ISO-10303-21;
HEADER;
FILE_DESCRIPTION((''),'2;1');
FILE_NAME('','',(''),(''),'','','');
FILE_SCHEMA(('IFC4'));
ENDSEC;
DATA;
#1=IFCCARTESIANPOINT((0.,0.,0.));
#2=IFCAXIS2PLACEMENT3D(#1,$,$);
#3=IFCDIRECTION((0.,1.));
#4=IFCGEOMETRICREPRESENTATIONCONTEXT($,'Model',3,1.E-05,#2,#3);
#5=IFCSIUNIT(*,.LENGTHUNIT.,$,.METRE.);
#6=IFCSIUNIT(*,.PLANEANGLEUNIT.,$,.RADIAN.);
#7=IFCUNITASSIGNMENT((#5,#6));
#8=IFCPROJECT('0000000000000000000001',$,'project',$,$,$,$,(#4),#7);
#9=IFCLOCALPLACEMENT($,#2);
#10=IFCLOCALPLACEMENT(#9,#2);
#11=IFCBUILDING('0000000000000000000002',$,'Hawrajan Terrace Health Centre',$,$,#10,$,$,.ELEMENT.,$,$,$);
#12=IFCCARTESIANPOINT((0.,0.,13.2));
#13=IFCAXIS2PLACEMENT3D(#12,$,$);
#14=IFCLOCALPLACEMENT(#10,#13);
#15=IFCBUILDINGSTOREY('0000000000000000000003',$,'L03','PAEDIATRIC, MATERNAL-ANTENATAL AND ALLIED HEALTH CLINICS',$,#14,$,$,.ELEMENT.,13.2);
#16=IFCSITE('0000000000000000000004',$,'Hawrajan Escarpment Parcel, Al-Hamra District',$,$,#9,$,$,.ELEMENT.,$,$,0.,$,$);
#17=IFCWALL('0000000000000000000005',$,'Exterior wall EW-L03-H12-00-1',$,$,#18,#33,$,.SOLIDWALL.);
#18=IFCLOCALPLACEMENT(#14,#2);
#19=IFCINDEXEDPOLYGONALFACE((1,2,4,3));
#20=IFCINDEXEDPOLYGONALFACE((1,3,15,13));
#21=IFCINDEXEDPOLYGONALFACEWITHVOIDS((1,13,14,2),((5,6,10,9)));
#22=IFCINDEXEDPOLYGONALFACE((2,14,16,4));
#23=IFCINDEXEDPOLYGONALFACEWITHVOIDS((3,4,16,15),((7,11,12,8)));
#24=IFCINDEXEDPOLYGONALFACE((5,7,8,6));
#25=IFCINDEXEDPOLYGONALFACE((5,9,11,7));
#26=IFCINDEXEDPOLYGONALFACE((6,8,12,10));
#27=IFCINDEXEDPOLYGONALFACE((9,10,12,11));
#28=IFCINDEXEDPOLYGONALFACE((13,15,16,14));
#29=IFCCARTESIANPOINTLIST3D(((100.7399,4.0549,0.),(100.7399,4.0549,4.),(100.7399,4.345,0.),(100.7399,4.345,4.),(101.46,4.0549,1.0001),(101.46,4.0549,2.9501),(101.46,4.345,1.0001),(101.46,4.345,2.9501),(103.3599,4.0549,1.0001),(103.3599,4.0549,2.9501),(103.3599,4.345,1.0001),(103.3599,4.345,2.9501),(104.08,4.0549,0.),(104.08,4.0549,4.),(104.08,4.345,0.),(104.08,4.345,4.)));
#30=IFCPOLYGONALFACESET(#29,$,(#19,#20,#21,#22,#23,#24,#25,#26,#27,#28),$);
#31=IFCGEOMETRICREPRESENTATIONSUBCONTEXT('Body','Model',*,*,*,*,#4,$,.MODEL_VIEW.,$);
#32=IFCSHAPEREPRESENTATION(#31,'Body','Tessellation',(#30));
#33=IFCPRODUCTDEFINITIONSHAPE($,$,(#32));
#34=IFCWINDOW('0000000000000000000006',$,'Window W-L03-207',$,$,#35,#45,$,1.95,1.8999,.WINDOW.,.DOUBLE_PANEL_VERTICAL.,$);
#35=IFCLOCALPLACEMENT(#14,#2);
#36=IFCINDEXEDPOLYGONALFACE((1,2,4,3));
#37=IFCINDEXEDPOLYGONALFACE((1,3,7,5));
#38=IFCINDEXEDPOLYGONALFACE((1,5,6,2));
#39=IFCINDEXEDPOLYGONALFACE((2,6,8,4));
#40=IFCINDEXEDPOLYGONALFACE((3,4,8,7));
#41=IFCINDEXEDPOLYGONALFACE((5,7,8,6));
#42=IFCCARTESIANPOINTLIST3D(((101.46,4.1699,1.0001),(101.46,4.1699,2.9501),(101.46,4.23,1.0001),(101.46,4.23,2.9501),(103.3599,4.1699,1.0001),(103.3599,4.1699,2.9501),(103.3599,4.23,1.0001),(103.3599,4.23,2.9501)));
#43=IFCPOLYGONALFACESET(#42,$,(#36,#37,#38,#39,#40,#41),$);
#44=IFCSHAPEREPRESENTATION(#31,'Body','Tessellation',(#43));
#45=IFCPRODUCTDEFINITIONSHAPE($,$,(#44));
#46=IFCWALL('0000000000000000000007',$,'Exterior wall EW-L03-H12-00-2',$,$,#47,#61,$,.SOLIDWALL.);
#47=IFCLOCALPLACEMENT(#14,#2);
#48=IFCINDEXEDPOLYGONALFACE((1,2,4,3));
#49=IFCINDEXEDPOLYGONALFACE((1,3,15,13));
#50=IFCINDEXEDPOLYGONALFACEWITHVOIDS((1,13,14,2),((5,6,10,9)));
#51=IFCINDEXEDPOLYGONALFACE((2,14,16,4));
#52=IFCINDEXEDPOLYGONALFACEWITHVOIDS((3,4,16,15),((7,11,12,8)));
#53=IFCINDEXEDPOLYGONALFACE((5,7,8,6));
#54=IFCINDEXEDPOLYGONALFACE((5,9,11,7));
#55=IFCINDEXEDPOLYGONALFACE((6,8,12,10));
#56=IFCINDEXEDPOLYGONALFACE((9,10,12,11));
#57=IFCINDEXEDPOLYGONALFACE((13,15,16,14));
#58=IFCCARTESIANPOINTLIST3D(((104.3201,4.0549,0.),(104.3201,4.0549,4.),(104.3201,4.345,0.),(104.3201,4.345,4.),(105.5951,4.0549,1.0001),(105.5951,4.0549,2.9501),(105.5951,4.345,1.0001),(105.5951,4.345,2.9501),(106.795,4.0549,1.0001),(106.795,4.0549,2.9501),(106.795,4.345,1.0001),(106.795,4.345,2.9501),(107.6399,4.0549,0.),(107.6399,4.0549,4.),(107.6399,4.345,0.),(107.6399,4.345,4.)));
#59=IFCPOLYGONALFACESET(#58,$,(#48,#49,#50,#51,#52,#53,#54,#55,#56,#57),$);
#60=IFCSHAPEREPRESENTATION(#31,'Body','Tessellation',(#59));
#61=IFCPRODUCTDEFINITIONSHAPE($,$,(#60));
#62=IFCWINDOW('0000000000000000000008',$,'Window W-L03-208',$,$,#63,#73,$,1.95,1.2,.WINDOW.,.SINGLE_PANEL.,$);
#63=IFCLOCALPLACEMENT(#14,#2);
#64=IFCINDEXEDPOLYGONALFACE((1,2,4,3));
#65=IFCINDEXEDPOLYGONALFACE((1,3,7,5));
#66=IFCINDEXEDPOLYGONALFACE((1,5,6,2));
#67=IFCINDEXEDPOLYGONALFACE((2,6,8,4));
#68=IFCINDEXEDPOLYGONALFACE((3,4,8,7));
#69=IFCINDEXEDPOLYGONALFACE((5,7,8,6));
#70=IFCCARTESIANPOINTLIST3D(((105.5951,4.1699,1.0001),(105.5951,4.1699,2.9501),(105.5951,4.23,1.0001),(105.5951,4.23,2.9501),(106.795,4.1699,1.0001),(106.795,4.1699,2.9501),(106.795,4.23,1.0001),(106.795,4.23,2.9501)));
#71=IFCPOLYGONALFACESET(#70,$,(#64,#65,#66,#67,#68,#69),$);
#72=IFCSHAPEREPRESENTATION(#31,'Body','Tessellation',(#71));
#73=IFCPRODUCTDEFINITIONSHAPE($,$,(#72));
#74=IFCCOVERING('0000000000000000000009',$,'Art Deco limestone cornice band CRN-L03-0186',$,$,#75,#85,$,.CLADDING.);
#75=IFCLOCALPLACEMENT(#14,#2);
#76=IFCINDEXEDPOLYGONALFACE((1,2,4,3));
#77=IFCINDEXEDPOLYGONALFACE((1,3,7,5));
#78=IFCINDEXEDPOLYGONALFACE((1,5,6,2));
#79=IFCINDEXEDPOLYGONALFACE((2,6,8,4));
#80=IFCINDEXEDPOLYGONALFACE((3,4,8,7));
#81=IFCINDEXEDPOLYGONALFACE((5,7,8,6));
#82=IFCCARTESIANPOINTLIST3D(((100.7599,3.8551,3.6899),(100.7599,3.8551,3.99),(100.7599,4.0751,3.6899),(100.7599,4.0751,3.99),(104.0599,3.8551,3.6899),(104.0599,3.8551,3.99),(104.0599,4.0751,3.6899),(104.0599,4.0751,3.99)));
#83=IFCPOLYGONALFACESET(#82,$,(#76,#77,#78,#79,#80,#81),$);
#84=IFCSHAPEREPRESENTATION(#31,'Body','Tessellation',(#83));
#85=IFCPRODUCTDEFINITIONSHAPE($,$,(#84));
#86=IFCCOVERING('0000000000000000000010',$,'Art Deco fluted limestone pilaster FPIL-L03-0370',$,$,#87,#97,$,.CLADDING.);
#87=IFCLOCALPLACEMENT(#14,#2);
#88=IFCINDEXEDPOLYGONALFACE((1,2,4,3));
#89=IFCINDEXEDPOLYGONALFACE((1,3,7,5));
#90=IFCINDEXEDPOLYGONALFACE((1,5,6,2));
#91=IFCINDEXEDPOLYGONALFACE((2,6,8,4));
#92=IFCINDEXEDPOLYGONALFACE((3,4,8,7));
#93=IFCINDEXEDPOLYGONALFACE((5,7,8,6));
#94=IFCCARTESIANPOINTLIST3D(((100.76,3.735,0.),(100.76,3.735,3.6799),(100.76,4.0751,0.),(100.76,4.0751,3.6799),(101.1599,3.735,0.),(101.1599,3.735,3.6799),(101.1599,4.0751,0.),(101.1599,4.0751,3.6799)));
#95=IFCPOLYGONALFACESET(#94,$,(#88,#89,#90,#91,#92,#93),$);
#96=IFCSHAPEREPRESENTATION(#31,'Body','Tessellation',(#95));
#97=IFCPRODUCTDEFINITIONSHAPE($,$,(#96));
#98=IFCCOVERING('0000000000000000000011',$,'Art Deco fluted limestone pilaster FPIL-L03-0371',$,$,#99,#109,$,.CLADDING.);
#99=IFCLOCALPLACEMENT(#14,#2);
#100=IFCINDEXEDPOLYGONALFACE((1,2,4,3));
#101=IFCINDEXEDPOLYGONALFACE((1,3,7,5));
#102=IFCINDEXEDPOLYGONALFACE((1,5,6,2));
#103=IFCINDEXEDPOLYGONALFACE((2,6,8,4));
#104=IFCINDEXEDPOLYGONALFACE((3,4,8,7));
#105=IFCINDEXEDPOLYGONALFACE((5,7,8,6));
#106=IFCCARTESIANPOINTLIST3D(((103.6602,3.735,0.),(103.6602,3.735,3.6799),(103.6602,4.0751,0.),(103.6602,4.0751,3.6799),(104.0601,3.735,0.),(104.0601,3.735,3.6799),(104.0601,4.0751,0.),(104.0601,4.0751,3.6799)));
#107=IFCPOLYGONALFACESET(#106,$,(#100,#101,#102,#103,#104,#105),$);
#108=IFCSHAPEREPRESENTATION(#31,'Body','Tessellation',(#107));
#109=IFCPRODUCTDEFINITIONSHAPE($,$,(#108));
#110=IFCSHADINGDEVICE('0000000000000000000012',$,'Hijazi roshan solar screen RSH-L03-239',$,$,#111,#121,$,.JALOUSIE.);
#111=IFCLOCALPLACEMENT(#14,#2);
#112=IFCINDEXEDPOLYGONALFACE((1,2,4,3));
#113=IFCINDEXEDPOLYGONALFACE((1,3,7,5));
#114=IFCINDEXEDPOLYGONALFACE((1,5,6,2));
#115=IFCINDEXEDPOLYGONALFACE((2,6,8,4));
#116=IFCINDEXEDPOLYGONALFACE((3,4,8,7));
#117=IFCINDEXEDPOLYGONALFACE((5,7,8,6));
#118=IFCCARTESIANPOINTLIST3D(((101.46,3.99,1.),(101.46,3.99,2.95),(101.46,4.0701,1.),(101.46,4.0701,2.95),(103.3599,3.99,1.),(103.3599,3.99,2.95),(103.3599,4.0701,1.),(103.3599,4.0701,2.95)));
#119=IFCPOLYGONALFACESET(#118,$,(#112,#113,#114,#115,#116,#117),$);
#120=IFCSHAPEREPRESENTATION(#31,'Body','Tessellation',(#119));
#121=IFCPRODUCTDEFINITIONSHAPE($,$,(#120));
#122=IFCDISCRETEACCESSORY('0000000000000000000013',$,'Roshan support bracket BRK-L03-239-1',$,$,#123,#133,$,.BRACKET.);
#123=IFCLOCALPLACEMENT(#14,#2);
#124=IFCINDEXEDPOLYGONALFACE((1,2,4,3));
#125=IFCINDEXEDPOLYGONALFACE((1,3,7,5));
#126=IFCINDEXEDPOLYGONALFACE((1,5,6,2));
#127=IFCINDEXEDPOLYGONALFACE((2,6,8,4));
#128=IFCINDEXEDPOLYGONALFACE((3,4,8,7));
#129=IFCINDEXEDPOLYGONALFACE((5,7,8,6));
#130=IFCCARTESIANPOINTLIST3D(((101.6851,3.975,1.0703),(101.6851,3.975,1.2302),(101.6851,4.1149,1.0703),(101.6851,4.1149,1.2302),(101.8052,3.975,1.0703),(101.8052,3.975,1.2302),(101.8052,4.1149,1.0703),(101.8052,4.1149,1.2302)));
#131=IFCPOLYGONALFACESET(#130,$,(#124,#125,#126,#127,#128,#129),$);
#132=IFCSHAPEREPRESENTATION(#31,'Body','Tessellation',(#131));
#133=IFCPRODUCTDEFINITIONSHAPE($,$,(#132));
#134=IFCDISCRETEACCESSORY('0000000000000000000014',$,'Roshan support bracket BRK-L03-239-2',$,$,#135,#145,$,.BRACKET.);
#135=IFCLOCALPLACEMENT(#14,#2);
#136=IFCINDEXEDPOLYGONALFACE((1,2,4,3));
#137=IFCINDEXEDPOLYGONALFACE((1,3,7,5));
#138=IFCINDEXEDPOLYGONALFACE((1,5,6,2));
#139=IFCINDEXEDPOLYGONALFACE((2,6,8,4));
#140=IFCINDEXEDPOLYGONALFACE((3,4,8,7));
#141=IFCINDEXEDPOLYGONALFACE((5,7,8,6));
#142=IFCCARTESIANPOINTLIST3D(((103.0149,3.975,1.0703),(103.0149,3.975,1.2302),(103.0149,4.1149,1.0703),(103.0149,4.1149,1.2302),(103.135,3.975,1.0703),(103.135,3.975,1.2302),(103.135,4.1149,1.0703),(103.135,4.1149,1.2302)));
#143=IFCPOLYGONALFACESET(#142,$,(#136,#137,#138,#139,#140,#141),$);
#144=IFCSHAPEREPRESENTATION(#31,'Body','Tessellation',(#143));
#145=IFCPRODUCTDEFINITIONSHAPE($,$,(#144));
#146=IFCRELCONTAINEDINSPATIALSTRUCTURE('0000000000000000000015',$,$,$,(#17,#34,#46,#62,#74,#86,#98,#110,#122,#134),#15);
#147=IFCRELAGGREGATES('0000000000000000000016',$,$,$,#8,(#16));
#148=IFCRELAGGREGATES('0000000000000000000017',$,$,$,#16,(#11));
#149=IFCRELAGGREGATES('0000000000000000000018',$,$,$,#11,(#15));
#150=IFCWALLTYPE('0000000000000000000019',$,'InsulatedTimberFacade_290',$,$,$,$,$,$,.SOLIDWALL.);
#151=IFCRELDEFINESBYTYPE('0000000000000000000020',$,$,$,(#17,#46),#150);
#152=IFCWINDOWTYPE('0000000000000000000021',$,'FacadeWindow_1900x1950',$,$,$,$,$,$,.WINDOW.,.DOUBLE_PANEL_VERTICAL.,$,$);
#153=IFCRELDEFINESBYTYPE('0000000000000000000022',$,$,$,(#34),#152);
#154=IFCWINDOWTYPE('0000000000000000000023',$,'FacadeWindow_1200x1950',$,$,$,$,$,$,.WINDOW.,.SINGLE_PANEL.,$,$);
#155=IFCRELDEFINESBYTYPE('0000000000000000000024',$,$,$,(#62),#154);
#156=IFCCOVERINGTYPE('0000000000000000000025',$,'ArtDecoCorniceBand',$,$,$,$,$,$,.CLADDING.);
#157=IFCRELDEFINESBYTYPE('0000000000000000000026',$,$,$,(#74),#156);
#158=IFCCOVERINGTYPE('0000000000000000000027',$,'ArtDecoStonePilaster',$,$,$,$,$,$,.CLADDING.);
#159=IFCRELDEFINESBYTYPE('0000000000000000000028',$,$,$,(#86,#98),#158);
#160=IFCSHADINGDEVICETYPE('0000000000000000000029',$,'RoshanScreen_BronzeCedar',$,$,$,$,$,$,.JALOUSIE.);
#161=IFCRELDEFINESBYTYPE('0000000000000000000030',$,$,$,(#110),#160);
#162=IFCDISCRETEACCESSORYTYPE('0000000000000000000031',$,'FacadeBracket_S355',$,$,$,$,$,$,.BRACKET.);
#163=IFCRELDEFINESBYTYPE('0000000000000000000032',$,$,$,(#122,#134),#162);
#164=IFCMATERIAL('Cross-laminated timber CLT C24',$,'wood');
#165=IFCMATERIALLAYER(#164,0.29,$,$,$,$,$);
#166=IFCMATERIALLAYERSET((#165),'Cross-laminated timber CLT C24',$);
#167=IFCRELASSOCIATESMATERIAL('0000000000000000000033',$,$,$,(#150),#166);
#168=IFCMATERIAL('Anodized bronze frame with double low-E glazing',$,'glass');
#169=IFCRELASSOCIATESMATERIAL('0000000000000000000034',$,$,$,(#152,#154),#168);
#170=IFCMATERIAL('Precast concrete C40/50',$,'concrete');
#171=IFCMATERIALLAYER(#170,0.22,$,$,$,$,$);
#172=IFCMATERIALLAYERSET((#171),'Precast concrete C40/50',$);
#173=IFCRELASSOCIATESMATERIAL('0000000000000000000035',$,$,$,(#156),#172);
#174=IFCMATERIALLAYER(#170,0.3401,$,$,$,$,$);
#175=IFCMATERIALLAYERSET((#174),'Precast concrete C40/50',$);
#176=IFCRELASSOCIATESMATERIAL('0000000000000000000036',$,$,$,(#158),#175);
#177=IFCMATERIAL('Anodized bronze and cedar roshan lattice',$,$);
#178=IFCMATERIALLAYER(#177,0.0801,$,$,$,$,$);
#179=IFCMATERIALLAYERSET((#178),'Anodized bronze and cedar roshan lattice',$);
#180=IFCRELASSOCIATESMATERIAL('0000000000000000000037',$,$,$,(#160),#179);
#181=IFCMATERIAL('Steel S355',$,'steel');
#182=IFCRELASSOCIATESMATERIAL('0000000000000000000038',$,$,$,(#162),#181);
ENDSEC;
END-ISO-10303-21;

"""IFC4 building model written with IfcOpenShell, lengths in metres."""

from ifc_helpers import new_model, si_unit, direction, frame, frame_2d, origin, origin_2d, place, context, subcontext, project, spatial, rectangle, extrude, material, layer, layer_set, type_object, element, fill, save


model = new_model("IFC4")

# Units and contexts
model_context = context("Model", 3, precision=1e-05, world=origin(), true_north=direction((0.0, 1.0)))
body_context = subcontext(model_context, "Body", "Model", "MODEL_VIEW")
ifc_project = project(units=[si_unit("LENGTHUNIT", "METRE"), si_unit("PLANEANGLEUNIT", "RADIAN")], contexts=[model_context])

# Site, building, storey
site_placement = place(None, origin())
site = spatial("IfcSite", under=ifc_project, at=site_placement, Name="Hawrajan Escarpment Parcel, Al-Hamra District", CompositionType="ELEMENT", RefElevation=0.0)
building_placement = place(site_placement, origin())
building = spatial("IfcBuilding", under=site, at=building_placement, Name="Hawrajan Terrace Health Centre", CompositionType="ELEMENT")
storey_placement = place(building_placement, frame((0.0, 0.0, 13.2)))
storey = spatial("IfcBuildingStorey", under=building, at=storey_placement, Name="L03", Description="PAEDIATRIC, MATERNAL-ANTENATAL AND ALLIED HEALTH CLINICS", CompositionType="ELEMENT", Elevation=13.2)

# Walls, openings, windows
ifc_material_1 = material(Name="Cross-laminated timber CLT C24", Category="wood")
ifc_layer_1 = layer(ifc_material_1, 0.29)
ifc_layer_set_1 = layer_set([ifc_layer_1], Name="Cross-laminated timber CLT C24")
wall_type_1 = type_object("IfcWallType", Name="InsulatedTimberFacade_290", PredefinedType="SOLIDWALL", material=ifc_layer_set_1)
wall_1_placement = place(storey_placement, frame((100.74, 4.2, 0.0), z_axis=(0.0, 0.0, 1.0), x_axis=(1.0, 0.0, 0.0)))
wall_1 = element("IfcWall", 1, at=wall_1_placement, inside=storey, type_object=wall_type_1, Name="Exterior wall EW-L03-H12-00-1", PredefinedType="SOLIDWALL", context=body_context, shape_type="SweptSolid", body=[
    extrude(rectangle(XDim=3.3401, YDim=0.29, at=frame_2d((1.6699, 0.0))), origin(), (0.0, 0.0, 1.0), 4.0),
])
opening_1_placement = place(wall_1_placement, frame((0.72, 0.0, 1.0)))
opening_1 = element("IfcOpeningElement", 2, at=opening_1_placement, cuts=wall_1, PredefinedType="OPENING", context=body_context, shape_type="SweptSolid", body=[
    extrude(rectangle(XDim=1.8999, YDim=1.95, at=frame_2d((0.95, 0.9751))), frame((0.0, 0.155, 0.0), z_axis=(0.0, -1.0, 0.0), x_axis=(1.0, 0.0, 0.0)), (0.0, 0.0, 1.0), 0.3101),
])
ifc_material_2 = material(Name="Anodized bronze frame with double low-E glazing", Category="glass")
window_type_1 = type_object("IfcWindowType", Name="FacadeWindow_1900x1950", PartitioningType="DOUBLE_PANEL_VERTICAL", PredefinedType="WINDOW", material=ifc_material_2)
window_1_placement = place(opening_1_placement, origin())
window_1 = element("IfcWindow", 3, at=window_1_placement, inside=storey, type_object=window_type_1, Name="Window W-L03-207", OverallHeight=1.95, OverallWidth=1.8999, PartitioningType="DOUBLE_PANEL_VERTICAL", PredefinedType="WINDOW", context=body_context, shape_type="SweptSolid", body=[
    extrude(rectangle(XDim=1.8999, YDim=1.95, at=frame_2d((0.95, 0.9751))), frame((0.0, 0.03, 0.0), z_axis=(0.0, -1.0, 0.0), x_axis=(1.0, 0.0, 0.0)), (0.0, 0.0, 1.0), 0.0601),
])
fill(opening_1, window_1)
wall_2_placement = place(storey_placement, frame((104.3201, 4.2, 0.0), z_axis=(0.0, 0.0, 1.0), x_axis=(1.0, 0.0, 0.0)))
wall_2 = element("IfcWall", 4, at=wall_2_placement, inside=storey, type_object=wall_type_1, Name="Exterior wall EW-L03-H12-00-2", PredefinedType="SOLIDWALL", context=body_context, shape_type="SweptSolid", body=[
    extrude(rectangle(XDim=3.3198, YDim=0.29, at=frame_2d((1.6599, 0.0))), origin(), (0.0, 0.0, 1.0), 4.0),
])
opening_2_placement = place(wall_2_placement, frame((1.2749, 0.0, 1.0)))
opening_2 = element("IfcOpeningElement", 5, at=opening_2_placement, cuts=wall_2, PredefinedType="OPENING", context=body_context, shape_type="SweptSolid", body=[
    extrude(rectangle(XDim=1.2, YDim=1.95, at=frame_2d((0.6001, 0.9751))), frame((0.0, 0.155, 0.0), z_axis=(0.0, -1.0, 0.0), x_axis=(1.0, 0.0, 0.0)), (0.0, 0.0, 1.0), 0.3101),
])
window_type_2 = type_object("IfcWindowType", Name="FacadeWindow_1200x1950", PartitioningType="SINGLE_PANEL", PredefinedType="WINDOW", material=ifc_material_2)
window_2_placement = place(opening_2_placement, origin())
window_2 = element("IfcWindow", 6, at=window_2_placement, inside=storey, type_object=window_type_2, Name="Window W-L03-208", OverallHeight=1.95, OverallWidth=1.2, PartitioningType="SINGLE_PANEL", PredefinedType="WINDOW", context=body_context, shape_type="SweptSolid", body=[
    extrude(rectangle(XDim=1.2, YDim=1.95, at=frame_2d((0.6001, 0.9751))), frame((0.0, 0.03, 0.0), z_axis=(0.0, -1.0, 0.0), x_axis=(1.0, 0.0, 0.0)), (0.0, 0.0, 1.0), 0.0601),
])
fill(opening_2, window_2)

# Coverings
ifc_material_3 = material(Name="Precast concrete C40/50", Category="concrete")
ifc_layer_2 = layer(ifc_material_3, 0.22)
ifc_layer_set_2 = layer_set([ifc_layer_2], Name="Precast concrete C40/50")
covering_type_1 = type_object("IfcCoveringType", Name="ArtDecoCorniceBand", PredefinedType="CLADDING", material=ifc_layer_set_2)
covering_placement = place(storey_placement, frame((102.4099, 3.9651, 3.6899), z_axis=(0.0, 0.0, 1.0), x_axis=(1.0, 0.0, 0.0)))
element("IfcCovering", 7, at=covering_placement, inside=storey, type_object=covering_type_1, Name="Art Deco limestone cornice band CRN-L03-0186", PredefinedType="CLADDING", context=body_context, shape_type="SweptSolid", body=[
    extrude(rectangle(XDim=3.3, YDim=0.22, at=origin_2d()), origin(), (0.0, 0.0, 1.0), 0.3),
])
ifc_layer_3 = layer(ifc_material_3, 0.3401)
ifc_layer_set_3 = layer_set([ifc_layer_3], Name="Precast concrete C40/50")
covering_type_2 = type_object("IfcCoveringType", Name="ArtDecoStonePilaster", PredefinedType="CLADDING", material=ifc_layer_set_3)
for number, where, z_axis, x_axis, name in (
    (8, (100.96, 3.905, 0.0), (0.0, 0.0, 1.0), (1.0, 0.0, 0.0), "Art Deco fluted limestone pilaster FPIL-L03-0370"),
    (9, (103.8601, 3.905, 0.0), (0.0, 0.0, 1.0), (1.0, 0.0, 0.0), "Art Deco fluted limestone pilaster FPIL-L03-0371"),
):
    element("IfcCovering", number, at=place(storey_placement, frame(where, z_axis=z_axis, x_axis=x_axis)), inside=storey, type_object=covering_type_2, Name=name, PredefinedType="CLADDING", context=body_context, shape_type="SweptSolid", body=[
        extrude(rectangle(XDim=0.3999, YDim=0.3401, at=origin_2d()), origin(), (0.0, 0.0, 1.0), 3.6799),
    ])

# Shading device
ifc_material_4 = material(Name="Anodized bronze and cedar roshan lattice")
ifc_layer_4 = layer(ifc_material_4, 0.0801)
ifc_layer_set_4 = layer_set([ifc_layer_4], Name="Anodized bronze and cedar roshan lattice")
shading_device_type = type_object("IfcShadingDeviceType", Name="RoshanScreen_BronzeCedar", PredefinedType="JALOUSIE", material=ifc_layer_set_4)
shading_device_placement = place(storey_placement, frame((102.4099, 4.03, 1.0), z_axis=(0.0, 0.0, 1.0), x_axis=(1.0, 0.0, 0.0)))
element("IfcShadingDevice", 10, at=shading_device_placement, inside=storey, type_object=shading_device_type, Name="Hijazi roshan solar screen RSH-L03-239", PredefinedType="JALOUSIE", context=body_context, shape_type="SweptSolid", body=[
    extrude(rectangle(XDim=1.8999, YDim=0.0801, at=origin_2d()), origin(), (0.0, 0.0, 1.0), 1.95),
])

# Discrete accessories
ifc_material_5 = material(Name="Steel S355", Category="steel")
discrete_accessory_type = type_object("IfcDiscreteAccessoryType", Name="FacadeBracket_S355", PredefinedType="BRACKET", material=ifc_material_5)
for number, where, z_axis, x_axis, name in (
    (11, (101.7451, 4.0449, 1.0703), (0.0, 0.0, 1.0), (1.0, 0.0, 0.0), "Roshan support bracket BRK-L03-239-1"),
    (12, (103.075, 4.0449, 1.0703), (0.0, 0.0, 1.0), (1.0, 0.0, 0.0), "Roshan support bracket BRK-L03-239-2"),
):
    element("IfcDiscreteAccessory", number, at=place(storey_placement, frame(where, z_axis=z_axis, x_axis=x_axis)), inside=storey, type_object=discrete_accessory_type, Name=name, PredefinedType="BRACKET", context=body_context, shape_type="SweptSolid", body=[
        extrude(rectangle(XDim=0.1201, YDim=0.1399, at=origin_2d()), origin(), (0.0, 0.0, 1.0), 0.1599),
    ])

save(model, "model.ifc")
